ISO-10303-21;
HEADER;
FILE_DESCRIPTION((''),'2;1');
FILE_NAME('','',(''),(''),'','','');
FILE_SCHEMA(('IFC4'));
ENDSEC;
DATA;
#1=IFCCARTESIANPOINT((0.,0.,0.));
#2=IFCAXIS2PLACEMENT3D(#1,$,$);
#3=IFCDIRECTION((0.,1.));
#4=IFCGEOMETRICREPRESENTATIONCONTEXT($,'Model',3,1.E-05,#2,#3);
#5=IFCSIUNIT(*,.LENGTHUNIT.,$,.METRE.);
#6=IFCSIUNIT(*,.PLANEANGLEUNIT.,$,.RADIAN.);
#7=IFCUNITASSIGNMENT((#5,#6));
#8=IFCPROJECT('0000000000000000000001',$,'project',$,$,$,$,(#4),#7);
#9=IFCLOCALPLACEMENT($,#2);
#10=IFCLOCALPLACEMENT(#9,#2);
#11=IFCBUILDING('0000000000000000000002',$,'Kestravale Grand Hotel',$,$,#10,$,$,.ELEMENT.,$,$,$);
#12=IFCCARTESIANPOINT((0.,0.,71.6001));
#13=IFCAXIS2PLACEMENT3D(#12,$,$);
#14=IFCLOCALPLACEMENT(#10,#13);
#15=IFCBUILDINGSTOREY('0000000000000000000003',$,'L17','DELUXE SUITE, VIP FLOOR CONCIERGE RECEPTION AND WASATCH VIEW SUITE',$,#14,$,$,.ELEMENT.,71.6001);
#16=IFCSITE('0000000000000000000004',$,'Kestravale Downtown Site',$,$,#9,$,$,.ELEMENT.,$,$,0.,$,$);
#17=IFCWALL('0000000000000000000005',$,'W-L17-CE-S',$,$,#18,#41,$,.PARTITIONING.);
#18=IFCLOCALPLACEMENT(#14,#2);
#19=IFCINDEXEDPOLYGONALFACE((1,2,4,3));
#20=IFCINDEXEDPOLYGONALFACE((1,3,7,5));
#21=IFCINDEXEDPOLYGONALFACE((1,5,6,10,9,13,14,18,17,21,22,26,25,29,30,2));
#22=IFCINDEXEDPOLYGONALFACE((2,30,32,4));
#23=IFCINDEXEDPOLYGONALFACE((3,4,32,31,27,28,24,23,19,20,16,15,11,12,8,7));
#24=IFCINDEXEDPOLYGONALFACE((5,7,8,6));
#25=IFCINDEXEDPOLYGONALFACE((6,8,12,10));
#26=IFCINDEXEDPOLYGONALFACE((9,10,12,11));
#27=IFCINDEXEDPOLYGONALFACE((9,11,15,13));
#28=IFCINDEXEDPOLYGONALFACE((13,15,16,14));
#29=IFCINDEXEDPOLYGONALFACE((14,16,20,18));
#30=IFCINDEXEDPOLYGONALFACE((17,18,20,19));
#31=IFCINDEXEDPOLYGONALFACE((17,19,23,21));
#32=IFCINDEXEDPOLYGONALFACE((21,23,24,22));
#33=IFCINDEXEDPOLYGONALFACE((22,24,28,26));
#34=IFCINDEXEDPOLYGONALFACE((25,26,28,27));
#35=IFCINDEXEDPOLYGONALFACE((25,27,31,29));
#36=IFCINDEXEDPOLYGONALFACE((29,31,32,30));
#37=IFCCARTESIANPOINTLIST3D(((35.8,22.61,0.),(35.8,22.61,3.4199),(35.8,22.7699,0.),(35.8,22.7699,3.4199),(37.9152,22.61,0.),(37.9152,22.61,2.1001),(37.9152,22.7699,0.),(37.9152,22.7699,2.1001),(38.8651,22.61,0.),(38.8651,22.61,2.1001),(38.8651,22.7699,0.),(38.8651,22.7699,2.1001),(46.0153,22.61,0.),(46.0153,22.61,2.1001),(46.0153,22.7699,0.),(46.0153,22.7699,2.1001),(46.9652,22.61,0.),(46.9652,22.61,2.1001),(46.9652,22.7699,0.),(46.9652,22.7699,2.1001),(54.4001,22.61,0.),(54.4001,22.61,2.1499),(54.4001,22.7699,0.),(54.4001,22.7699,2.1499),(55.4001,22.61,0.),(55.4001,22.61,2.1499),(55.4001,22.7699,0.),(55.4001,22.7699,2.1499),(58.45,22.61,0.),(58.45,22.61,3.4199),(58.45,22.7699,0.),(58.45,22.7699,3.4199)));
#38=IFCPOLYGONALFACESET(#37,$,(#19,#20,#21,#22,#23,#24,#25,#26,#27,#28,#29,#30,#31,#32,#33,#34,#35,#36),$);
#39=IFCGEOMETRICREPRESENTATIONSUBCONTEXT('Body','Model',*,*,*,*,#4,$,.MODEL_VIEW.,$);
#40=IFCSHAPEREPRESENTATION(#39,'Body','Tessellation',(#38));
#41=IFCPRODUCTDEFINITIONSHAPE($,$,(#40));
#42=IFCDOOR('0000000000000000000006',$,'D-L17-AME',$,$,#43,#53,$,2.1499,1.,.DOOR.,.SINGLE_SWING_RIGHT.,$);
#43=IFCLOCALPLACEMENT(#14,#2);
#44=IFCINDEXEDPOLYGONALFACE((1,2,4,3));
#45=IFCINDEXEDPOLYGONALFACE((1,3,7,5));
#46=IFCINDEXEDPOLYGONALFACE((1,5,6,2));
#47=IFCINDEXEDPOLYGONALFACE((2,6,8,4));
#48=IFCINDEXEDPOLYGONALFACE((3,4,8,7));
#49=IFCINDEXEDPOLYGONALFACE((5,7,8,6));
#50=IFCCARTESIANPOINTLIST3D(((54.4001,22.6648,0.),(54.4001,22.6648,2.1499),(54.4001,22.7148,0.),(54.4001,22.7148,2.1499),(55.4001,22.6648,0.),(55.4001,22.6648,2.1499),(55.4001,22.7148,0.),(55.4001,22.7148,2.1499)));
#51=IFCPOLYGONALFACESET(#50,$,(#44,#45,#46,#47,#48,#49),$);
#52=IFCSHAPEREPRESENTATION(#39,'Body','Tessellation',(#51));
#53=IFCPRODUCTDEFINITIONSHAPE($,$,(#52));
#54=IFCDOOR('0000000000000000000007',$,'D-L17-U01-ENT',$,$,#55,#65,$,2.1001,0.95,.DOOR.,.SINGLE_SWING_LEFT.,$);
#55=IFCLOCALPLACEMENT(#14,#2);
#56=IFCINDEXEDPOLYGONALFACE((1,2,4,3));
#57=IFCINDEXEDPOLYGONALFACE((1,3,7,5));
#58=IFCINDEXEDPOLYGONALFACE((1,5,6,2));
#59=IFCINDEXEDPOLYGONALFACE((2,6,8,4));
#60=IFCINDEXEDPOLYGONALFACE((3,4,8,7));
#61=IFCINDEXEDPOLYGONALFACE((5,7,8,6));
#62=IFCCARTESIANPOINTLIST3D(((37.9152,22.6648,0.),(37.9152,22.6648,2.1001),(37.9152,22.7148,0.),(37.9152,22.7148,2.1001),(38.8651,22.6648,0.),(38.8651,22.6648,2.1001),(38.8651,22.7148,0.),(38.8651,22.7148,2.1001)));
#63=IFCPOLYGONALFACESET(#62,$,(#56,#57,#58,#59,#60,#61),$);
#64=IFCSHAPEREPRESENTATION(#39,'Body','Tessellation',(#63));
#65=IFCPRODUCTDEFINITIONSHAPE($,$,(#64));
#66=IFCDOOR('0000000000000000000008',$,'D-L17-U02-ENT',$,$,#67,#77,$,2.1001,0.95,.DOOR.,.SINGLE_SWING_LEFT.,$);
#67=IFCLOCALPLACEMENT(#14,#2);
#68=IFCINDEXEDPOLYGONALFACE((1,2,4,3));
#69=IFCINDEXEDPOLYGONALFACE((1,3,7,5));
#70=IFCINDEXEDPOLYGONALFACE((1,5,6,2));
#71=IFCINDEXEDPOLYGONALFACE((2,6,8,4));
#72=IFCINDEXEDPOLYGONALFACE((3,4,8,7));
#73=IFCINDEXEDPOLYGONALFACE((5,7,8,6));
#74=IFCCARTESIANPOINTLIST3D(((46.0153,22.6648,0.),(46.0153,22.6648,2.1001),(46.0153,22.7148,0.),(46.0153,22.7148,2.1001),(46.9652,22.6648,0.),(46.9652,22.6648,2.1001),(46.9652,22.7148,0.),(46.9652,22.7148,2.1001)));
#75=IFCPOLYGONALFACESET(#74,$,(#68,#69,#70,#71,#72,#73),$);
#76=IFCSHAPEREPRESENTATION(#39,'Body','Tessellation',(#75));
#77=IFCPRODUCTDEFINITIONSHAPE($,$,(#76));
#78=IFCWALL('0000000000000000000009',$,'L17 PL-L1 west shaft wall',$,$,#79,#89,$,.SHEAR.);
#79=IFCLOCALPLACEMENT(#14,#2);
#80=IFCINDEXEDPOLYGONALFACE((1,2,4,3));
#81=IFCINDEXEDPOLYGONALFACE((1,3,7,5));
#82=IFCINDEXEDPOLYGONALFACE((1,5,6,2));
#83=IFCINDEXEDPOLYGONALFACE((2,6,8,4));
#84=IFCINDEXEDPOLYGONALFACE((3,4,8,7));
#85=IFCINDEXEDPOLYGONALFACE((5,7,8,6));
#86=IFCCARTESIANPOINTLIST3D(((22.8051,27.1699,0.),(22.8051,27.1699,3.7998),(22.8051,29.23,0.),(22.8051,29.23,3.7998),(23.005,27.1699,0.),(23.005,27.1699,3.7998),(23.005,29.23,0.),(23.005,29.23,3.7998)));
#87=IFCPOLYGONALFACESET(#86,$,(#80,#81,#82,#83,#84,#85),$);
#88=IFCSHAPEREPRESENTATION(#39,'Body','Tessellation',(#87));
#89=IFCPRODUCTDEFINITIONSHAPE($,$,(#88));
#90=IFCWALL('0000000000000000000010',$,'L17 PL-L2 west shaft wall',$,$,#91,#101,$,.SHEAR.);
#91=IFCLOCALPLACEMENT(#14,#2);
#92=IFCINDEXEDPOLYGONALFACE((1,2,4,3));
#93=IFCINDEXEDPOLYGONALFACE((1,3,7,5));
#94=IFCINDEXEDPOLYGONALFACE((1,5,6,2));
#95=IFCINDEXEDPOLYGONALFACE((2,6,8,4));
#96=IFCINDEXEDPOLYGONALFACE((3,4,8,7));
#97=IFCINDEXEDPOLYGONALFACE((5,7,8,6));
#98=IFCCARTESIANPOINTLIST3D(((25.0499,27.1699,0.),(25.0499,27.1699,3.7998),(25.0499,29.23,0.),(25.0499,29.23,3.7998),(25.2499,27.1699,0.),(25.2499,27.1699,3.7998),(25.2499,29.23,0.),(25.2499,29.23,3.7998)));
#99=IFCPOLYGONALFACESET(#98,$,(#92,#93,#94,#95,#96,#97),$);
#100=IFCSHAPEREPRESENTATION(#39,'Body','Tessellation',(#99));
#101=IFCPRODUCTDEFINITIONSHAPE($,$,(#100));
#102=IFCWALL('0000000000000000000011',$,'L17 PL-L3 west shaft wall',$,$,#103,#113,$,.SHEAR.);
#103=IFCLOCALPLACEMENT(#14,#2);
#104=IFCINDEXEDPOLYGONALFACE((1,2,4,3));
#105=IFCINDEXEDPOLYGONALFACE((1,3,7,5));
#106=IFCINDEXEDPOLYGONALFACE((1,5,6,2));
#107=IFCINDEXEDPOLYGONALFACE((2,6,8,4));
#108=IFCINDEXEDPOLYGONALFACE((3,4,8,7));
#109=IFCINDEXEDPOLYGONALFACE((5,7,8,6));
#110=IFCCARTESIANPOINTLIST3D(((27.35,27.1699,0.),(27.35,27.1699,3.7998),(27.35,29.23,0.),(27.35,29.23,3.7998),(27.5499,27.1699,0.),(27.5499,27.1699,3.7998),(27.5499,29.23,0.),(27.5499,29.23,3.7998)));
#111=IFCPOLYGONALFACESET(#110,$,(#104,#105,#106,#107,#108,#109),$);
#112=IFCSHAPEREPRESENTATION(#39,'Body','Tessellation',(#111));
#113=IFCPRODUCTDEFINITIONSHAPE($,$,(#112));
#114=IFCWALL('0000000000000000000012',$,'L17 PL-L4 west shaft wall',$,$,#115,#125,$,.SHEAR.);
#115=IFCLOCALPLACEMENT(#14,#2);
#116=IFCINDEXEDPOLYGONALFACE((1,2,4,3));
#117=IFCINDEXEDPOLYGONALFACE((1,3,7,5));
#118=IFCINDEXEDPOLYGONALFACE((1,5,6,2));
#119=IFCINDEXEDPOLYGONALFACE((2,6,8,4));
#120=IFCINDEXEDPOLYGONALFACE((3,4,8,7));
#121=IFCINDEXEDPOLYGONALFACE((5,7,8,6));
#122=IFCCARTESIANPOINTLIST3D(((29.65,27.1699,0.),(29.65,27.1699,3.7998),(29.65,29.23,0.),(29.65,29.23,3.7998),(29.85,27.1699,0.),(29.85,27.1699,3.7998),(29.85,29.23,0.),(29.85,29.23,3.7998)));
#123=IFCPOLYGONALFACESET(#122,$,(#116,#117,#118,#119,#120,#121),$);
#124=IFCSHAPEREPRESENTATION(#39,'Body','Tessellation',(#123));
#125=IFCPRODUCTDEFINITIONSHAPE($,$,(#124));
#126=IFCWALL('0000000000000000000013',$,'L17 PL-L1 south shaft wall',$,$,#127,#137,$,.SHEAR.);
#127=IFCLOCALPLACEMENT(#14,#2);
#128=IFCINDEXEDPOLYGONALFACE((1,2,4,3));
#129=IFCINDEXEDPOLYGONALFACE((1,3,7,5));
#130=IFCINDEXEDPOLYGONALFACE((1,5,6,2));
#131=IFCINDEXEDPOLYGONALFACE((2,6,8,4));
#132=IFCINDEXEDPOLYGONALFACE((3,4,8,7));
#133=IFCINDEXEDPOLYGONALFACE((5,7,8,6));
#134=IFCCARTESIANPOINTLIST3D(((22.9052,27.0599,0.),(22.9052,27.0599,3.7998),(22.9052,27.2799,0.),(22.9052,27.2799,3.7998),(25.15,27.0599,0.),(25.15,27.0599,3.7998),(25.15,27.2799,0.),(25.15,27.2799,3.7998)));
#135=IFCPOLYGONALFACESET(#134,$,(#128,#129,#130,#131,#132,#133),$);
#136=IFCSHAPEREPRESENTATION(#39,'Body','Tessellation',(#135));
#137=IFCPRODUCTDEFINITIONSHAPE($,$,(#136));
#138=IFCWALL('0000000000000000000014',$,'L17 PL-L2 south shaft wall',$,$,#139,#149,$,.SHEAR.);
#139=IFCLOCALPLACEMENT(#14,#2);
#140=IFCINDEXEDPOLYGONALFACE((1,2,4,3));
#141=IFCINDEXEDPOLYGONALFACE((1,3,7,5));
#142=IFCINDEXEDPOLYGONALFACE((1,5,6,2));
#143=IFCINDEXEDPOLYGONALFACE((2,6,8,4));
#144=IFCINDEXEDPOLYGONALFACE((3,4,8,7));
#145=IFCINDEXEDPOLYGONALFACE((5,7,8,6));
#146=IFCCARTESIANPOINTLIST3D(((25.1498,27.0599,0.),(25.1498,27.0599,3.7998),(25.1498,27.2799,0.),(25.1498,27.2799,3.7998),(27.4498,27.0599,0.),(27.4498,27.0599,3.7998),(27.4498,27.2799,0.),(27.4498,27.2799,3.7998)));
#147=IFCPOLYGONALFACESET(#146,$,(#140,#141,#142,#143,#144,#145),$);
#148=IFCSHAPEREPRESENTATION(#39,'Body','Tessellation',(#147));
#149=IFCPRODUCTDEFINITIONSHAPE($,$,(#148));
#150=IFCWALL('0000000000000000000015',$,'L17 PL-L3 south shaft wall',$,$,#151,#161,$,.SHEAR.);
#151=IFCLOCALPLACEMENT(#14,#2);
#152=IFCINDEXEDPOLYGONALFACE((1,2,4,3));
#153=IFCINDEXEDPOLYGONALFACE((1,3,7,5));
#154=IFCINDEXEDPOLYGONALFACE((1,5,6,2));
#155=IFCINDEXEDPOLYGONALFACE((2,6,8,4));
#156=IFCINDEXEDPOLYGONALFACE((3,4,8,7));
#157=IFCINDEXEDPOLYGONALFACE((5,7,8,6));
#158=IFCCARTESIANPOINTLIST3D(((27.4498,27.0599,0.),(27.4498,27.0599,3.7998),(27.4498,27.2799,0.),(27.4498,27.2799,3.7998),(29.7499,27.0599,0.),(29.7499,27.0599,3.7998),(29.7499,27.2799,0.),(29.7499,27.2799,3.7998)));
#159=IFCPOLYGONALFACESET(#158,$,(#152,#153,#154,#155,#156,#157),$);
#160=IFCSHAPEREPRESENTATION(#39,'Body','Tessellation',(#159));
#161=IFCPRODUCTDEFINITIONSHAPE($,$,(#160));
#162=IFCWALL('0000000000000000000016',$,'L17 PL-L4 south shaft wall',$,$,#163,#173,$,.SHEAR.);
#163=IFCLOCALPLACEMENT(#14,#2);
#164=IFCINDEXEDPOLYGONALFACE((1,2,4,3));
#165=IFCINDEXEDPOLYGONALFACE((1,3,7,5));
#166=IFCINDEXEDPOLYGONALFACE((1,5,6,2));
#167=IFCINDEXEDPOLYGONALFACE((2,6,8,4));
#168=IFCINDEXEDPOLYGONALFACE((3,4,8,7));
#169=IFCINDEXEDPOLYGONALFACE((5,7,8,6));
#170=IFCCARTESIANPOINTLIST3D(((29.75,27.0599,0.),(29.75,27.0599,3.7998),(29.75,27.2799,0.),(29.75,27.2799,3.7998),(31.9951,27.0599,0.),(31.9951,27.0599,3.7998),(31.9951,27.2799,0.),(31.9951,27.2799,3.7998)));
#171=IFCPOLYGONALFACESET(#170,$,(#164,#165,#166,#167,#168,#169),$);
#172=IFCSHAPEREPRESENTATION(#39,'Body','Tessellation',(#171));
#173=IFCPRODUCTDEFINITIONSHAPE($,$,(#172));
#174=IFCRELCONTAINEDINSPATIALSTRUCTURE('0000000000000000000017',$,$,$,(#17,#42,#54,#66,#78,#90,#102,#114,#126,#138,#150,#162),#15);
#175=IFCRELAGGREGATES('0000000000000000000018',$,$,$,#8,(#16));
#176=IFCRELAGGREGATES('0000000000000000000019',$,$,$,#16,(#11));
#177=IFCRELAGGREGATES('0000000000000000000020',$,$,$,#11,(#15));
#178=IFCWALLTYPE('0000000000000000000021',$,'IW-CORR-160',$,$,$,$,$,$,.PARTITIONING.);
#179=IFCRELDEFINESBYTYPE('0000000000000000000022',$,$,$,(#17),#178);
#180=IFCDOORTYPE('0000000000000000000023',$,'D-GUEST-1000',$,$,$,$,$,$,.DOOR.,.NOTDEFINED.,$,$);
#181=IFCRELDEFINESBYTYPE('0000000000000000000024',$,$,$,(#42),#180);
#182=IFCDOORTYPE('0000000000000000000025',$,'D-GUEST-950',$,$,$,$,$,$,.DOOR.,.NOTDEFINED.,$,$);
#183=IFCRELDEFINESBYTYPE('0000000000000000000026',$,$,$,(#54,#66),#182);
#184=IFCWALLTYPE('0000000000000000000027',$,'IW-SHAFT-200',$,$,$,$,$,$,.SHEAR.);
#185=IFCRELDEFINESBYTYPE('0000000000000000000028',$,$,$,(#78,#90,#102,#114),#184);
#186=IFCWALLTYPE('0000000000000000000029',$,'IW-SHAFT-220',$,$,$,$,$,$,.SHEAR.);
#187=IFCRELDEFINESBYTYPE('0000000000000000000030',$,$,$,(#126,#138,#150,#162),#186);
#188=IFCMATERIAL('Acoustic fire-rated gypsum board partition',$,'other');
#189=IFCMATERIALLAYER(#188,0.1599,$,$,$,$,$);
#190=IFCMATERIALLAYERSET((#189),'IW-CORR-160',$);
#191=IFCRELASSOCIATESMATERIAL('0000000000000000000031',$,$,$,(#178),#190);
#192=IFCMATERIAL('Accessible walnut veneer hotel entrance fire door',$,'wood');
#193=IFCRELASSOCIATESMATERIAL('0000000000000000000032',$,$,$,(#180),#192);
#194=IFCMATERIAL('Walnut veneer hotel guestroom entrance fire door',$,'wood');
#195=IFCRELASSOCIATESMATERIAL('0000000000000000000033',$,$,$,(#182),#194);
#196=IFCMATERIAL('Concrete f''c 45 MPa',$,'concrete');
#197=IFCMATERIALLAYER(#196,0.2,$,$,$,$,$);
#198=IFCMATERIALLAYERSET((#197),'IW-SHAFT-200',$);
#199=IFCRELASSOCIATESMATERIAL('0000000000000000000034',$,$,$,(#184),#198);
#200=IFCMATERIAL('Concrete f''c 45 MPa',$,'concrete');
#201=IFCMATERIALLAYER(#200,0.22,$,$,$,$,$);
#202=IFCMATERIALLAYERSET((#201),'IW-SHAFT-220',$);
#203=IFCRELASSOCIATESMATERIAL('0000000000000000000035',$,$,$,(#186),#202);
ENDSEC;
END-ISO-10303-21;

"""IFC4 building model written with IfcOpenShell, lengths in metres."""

from ifc_helpers import new_model, si_unit, direction, frame, frame_2d, origin, place, context, subcontext, project, spatial, rectangle, extrude, material, layer, layer_set, type_object, element, fill, save


model = new_model("IFC4")

# Units and contexts
model_context = context("Model", 3, precision=1e-05, world=origin(), true_north=direction((0.0, 1.0)))
body_context = subcontext(model_context, "Body", "Model", "MODEL_VIEW")
ifc_project = project(units=[si_unit("LENGTHUNIT", "METRE"), si_unit("PLANEANGLEUNIT", "RADIAN")], contexts=[model_context])

# Site, building, storey
site_placement = place(None, origin())
site = spatial("IfcSite", under=ifc_project, at=site_placement, Name="Kestravale Downtown Site", CompositionType="ELEMENT", RefElevation=0.0)
building_placement = place(site_placement, origin())
building = spatial("IfcBuilding", under=site, at=building_placement, Name="Kestravale Grand Hotel", CompositionType="ELEMENT")
storey_placement = place(building_placement, frame((0.0, 0.0, 71.6001)))
storey = spatial("IfcBuildingStorey", under=building, at=storey_placement, Name="L17", Description="DELUXE SUITE, VIP FLOOR CONCIERGE RECEPTION AND WASATCH VIEW SUITE", CompositionType="ELEMENT", Elevation=71.6001)

# Shared definitions
ifc_material_1 = material(Name="Acoustic fire-rated gypsum board partition", Category="other")
ifc_layer_1 = layer(ifc_material_1, 0.1599)
ifc_layer_set_1 = layer_set([ifc_layer_1], Name="IW-CORR-160")
wall_type_1 = type_object("IfcWallType", Name="IW-CORR-160", PredefinedType="PARTITIONING", material=ifc_layer_set_1)

# Wall, openings, doors
wall_1_placement = place(storey_placement, frame((35.8, 22.6899, 0.0), z_axis=(0.0, 0.0, 1.0), x_axis=(1.0, 0.0, 0.0)))
wall_1 = element("IfcWall", 1, at=wall_1_placement, inside=storey, type_object=wall_type_1, Name="W-L17-CE-S", PredefinedType="PARTITIONING", context=body_context, shape_type="SweptSolid", body=[
    extrude(rectangle(XDim=22.6499, YDim=0.1599, at=frame_2d((11.325, 0.0))), origin(), (0.0, 0.0, 1.0), 3.4199),
])
opening_1_placement = place(wall_1_placement, frame((2.115, 0.0, 0.0)))
opening_1 = element("IfcOpeningElement", 2, at=opening_1_placement, cuts=wall_1, PredefinedType="OPENING", context=body_context, shape_type="SweptSolid", body=[
    extrude(rectangle(XDim=0.95, YDim=2.1001, at=frame_2d((0.4751, 1.05))), frame((0.0, 0.0898, 0.0), z_axis=(0.0, -1.0, 0.0), x_axis=(1.0, 0.0, 0.0)), (0.0, 0.0, 1.0), 0.1799),
])
opening_2_placement = place(wall_1_placement, frame((10.2151, 0.0, 0.0)))
opening_2 = element("IfcOpeningElement", 3, at=opening_2_placement, cuts=wall_1, PredefinedType="OPENING", context=body_context, shape_type="SweptSolid", body=[
    extrude(rectangle(XDim=0.95, YDim=2.1001, at=frame_2d((0.4751, 1.05))), frame((0.0, 0.0898, 0.0), z_axis=(0.0, -1.0, 0.0), x_axis=(1.0, 0.0, 0.0)), (0.0, 0.0, 1.0), 0.1799),
])
opening_3_placement = place(wall_1_placement, frame((18.6001, 0.0, 0.0)))
opening_3 = element("IfcOpeningElement", 4, at=opening_3_placement, cuts=wall_1, PredefinedType="OPENING", context=body_context, shape_type="SweptSolid", body=[
    extrude(rectangle(XDim=1.0, YDim=2.1499, at=frame_2d((0.5, 1.075))), frame((0.0, 0.0898, 0.0), z_axis=(0.0, -1.0, 0.0), x_axis=(1.0, 0.0, 0.0)), (0.0, 0.0, 1.0), 0.1799),
])
ifc_material_2 = material(Name="Accessible walnut veneer hotel entrance fire door", Category="wood")
door_type_1 = type_object("IfcDoorType", Name="D-GUEST-1000", OperationType="NOTDEFINED", PredefinedType="DOOR", material=ifc_material_2)
door_1_placement = place(opening_3_placement, origin())
door_1 = element("IfcDoor", 5, at=door_1_placement, inside=storey, type_object=door_type_1, Name="D-L17-AME", OperationType="SINGLE_SWING_RIGHT", OverallHeight=2.1499, OverallWidth=1.0, PredefinedType="DOOR", context=body_context, shape_type="SweptSolid", body=[
    extrude(rectangle(XDim=1.0, YDim=2.1499, at=frame_2d((0.5, 1.075))), frame((0.0, 0.0249, 0.0), z_axis=(0.0, -1.0, 0.0), x_axis=(1.0, 0.0, 0.0)), (0.0, 0.0, 1.0), 0.05),
])
fill(opening_3, door_1)
ifc_material_3 = material(Name="Walnut veneer hotel guestroom entrance fire door", Category="wood")
door_type_2 = type_object("IfcDoorType", Name="D-GUEST-950", OperationType="NOTDEFINED", PredefinedType="DOOR", material=ifc_material_3)
door_2_placement = place(opening_1_placement, origin())
door_2 = element("IfcDoor", 6, at=door_2_placement, inside=storey, type_object=door_type_2, Name="D-L17-U01-ENT", OperationType="SINGLE_SWING_LEFT", OverallHeight=2.1001, OverallWidth=0.95, PredefinedType="DOOR", context=body_context, shape_type="SweptSolid", body=[
    extrude(rectangle(XDim=0.95, YDim=2.1001, at=frame_2d((0.4751, 1.05))), frame((0.0, 0.0249, 0.0), z_axis=(0.0, -1.0, 0.0), x_axis=(1.0, 0.0, 0.0)), (0.0, 0.0, 1.0), 0.05),
])
fill(opening_1, door_2)
door_3_placement = place(opening_2_placement, origin())
door_3 = element("IfcDoor", 7, at=door_3_placement, inside=storey, type_object=door_type_2, Name="D-L17-U02-ENT", OperationType="SINGLE_SWING_LEFT", OverallHeight=2.1001, OverallWidth=0.95, PredefinedType="DOOR", context=body_context, shape_type="SweptSolid", body=[
    extrude(rectangle(XDim=0.95, YDim=2.1001, at=frame_2d((0.4751, 1.05))), frame((0.0, 0.0249, 0.0), z_axis=(0.0, -1.0, 0.0), x_axis=(1.0, 0.0, 0.0)), (0.0, 0.0, 1.0), 0.05),
])
fill(opening_2, door_3)

# Walls
ifc_material_4 = material(Name="Concrete f'c 45 MPa", Category="concrete")
ifc_layer_2 = layer(ifc_material_4, 0.2)
ifc_layer_set_2 = layer_set([ifc_layer_2], Name="IW-SHAFT-200")
wall_type_2 = type_object("IfcWallType", Name="IW-SHAFT-200", PredefinedType="SHEAR", material=ifc_layer_set_2)
for number, where, z_axis, x_axis, name in (
    (8, (22.905, 27.1699, 0.0), (0.0, 0.0, 1.0), (0.0, 1.0, 0.0), "L17 PL-L1 west shaft wall"),
    (9, (25.1499, 27.1699, 0.0), (0.0, 0.0, 1.0), (0.0, 1.0, 0.0), "L17 PL-L2 west shaft wall"),
    (10, (27.45, 27.1699, 0.0), (0.0, 0.0, 1.0), (0.0, 1.0, 0.0), "L17 PL-L3 west shaft wall"),
    (11, (29.75, 27.1699, 0.0), (0.0, 0.0, 1.0), (0.0, 1.0, 0.0), "L17 PL-L4 west shaft wall"),
):
    element("IfcWall", number, at=place(storey_placement, frame(where, z_axis=z_axis, x_axis=x_axis)), inside=storey, type_object=wall_type_2, Name=name, PredefinedType="SHEAR", context=body_context, shape_type="SweptSolid", body=[
        extrude(rectangle(XDim=2.0601, YDim=0.2, at=frame_2d((1.03, 0.0))), origin(), (0.0, 0.0, 1.0), 3.7998),
    ])
ifc_material_5 = material(Name="Concrete f'c 45 MPa", Category="concrete")
ifc_layer_3 = layer(ifc_material_5, 0.22)
ifc_layer_set_3 = layer_set([ifc_layer_3], Name="IW-SHAFT-220")
wall_type_3 = type_object("IfcWallType", Name="IW-SHAFT-220", PredefinedType="SHEAR", material=ifc_layer_set_3)
wall_2_placement = place(storey_placement, frame((22.905, 27.1699, 0.0), z_axis=(0.0, 0.0, 1.0), x_axis=(1.0, 0.0, 0.0)))
element("IfcWall", 12, at=wall_2_placement, inside=storey, type_object=wall_type_3, Name="L17 PL-L1 south shaft wall", PredefinedType="SHEAR", context=body_context, shape_type="SweptSolid", body=[
    extrude(rectangle(XDim=2.2449, YDim=0.22, at=frame_2d((1.1226, 0.0))), origin(), (0.0, 0.0, 1.0), 3.7998),
])
for number, where, z_axis, x_axis, name in (
    (13, (25.1499, 27.1699, 0.0), (0.0, 0.0, 1.0), (1.0, 0.0, 0.0), "L17 PL-L2 south shaft wall"),
    (14, (27.45, 27.1699, 0.0), (0.0, 0.0, 1.0), (1.0, 0.0, 0.0), "L17 PL-L3 south shaft wall"),
):
    element("IfcWall", number, at=place(storey_placement, frame(where, z_axis=z_axis, x_axis=x_axis)), inside=storey, type_object=wall_type_3, Name=name, PredefinedType="SHEAR", context=body_context, shape_type="SweptSolid", body=[
        extrude(rectangle(XDim=2.3, YDim=0.22, at=frame_2d((1.1499, 0.0))), origin(), (0.0, 0.0, 1.0), 3.7998),
    ])
wall_3_placement = place(storey_placement, frame((29.75, 27.1699, 0.0), z_axis=(0.0, 0.0, 1.0), x_axis=(1.0, 0.0, 0.0)))
element("IfcWall", 15, at=wall_3_placement, inside=storey, type_object=wall_type_3, Name="L17 PL-L4 south shaft wall", PredefinedType="SHEAR", context=body_context, shape_type="SweptSolid", body=[
    extrude(rectangle(XDim=2.2451, YDim=0.22, at=frame_2d((1.1226, 0.0))), origin(), (0.0, 0.0, 1.0), 3.7998),
])

save(model, "model.ifc")
